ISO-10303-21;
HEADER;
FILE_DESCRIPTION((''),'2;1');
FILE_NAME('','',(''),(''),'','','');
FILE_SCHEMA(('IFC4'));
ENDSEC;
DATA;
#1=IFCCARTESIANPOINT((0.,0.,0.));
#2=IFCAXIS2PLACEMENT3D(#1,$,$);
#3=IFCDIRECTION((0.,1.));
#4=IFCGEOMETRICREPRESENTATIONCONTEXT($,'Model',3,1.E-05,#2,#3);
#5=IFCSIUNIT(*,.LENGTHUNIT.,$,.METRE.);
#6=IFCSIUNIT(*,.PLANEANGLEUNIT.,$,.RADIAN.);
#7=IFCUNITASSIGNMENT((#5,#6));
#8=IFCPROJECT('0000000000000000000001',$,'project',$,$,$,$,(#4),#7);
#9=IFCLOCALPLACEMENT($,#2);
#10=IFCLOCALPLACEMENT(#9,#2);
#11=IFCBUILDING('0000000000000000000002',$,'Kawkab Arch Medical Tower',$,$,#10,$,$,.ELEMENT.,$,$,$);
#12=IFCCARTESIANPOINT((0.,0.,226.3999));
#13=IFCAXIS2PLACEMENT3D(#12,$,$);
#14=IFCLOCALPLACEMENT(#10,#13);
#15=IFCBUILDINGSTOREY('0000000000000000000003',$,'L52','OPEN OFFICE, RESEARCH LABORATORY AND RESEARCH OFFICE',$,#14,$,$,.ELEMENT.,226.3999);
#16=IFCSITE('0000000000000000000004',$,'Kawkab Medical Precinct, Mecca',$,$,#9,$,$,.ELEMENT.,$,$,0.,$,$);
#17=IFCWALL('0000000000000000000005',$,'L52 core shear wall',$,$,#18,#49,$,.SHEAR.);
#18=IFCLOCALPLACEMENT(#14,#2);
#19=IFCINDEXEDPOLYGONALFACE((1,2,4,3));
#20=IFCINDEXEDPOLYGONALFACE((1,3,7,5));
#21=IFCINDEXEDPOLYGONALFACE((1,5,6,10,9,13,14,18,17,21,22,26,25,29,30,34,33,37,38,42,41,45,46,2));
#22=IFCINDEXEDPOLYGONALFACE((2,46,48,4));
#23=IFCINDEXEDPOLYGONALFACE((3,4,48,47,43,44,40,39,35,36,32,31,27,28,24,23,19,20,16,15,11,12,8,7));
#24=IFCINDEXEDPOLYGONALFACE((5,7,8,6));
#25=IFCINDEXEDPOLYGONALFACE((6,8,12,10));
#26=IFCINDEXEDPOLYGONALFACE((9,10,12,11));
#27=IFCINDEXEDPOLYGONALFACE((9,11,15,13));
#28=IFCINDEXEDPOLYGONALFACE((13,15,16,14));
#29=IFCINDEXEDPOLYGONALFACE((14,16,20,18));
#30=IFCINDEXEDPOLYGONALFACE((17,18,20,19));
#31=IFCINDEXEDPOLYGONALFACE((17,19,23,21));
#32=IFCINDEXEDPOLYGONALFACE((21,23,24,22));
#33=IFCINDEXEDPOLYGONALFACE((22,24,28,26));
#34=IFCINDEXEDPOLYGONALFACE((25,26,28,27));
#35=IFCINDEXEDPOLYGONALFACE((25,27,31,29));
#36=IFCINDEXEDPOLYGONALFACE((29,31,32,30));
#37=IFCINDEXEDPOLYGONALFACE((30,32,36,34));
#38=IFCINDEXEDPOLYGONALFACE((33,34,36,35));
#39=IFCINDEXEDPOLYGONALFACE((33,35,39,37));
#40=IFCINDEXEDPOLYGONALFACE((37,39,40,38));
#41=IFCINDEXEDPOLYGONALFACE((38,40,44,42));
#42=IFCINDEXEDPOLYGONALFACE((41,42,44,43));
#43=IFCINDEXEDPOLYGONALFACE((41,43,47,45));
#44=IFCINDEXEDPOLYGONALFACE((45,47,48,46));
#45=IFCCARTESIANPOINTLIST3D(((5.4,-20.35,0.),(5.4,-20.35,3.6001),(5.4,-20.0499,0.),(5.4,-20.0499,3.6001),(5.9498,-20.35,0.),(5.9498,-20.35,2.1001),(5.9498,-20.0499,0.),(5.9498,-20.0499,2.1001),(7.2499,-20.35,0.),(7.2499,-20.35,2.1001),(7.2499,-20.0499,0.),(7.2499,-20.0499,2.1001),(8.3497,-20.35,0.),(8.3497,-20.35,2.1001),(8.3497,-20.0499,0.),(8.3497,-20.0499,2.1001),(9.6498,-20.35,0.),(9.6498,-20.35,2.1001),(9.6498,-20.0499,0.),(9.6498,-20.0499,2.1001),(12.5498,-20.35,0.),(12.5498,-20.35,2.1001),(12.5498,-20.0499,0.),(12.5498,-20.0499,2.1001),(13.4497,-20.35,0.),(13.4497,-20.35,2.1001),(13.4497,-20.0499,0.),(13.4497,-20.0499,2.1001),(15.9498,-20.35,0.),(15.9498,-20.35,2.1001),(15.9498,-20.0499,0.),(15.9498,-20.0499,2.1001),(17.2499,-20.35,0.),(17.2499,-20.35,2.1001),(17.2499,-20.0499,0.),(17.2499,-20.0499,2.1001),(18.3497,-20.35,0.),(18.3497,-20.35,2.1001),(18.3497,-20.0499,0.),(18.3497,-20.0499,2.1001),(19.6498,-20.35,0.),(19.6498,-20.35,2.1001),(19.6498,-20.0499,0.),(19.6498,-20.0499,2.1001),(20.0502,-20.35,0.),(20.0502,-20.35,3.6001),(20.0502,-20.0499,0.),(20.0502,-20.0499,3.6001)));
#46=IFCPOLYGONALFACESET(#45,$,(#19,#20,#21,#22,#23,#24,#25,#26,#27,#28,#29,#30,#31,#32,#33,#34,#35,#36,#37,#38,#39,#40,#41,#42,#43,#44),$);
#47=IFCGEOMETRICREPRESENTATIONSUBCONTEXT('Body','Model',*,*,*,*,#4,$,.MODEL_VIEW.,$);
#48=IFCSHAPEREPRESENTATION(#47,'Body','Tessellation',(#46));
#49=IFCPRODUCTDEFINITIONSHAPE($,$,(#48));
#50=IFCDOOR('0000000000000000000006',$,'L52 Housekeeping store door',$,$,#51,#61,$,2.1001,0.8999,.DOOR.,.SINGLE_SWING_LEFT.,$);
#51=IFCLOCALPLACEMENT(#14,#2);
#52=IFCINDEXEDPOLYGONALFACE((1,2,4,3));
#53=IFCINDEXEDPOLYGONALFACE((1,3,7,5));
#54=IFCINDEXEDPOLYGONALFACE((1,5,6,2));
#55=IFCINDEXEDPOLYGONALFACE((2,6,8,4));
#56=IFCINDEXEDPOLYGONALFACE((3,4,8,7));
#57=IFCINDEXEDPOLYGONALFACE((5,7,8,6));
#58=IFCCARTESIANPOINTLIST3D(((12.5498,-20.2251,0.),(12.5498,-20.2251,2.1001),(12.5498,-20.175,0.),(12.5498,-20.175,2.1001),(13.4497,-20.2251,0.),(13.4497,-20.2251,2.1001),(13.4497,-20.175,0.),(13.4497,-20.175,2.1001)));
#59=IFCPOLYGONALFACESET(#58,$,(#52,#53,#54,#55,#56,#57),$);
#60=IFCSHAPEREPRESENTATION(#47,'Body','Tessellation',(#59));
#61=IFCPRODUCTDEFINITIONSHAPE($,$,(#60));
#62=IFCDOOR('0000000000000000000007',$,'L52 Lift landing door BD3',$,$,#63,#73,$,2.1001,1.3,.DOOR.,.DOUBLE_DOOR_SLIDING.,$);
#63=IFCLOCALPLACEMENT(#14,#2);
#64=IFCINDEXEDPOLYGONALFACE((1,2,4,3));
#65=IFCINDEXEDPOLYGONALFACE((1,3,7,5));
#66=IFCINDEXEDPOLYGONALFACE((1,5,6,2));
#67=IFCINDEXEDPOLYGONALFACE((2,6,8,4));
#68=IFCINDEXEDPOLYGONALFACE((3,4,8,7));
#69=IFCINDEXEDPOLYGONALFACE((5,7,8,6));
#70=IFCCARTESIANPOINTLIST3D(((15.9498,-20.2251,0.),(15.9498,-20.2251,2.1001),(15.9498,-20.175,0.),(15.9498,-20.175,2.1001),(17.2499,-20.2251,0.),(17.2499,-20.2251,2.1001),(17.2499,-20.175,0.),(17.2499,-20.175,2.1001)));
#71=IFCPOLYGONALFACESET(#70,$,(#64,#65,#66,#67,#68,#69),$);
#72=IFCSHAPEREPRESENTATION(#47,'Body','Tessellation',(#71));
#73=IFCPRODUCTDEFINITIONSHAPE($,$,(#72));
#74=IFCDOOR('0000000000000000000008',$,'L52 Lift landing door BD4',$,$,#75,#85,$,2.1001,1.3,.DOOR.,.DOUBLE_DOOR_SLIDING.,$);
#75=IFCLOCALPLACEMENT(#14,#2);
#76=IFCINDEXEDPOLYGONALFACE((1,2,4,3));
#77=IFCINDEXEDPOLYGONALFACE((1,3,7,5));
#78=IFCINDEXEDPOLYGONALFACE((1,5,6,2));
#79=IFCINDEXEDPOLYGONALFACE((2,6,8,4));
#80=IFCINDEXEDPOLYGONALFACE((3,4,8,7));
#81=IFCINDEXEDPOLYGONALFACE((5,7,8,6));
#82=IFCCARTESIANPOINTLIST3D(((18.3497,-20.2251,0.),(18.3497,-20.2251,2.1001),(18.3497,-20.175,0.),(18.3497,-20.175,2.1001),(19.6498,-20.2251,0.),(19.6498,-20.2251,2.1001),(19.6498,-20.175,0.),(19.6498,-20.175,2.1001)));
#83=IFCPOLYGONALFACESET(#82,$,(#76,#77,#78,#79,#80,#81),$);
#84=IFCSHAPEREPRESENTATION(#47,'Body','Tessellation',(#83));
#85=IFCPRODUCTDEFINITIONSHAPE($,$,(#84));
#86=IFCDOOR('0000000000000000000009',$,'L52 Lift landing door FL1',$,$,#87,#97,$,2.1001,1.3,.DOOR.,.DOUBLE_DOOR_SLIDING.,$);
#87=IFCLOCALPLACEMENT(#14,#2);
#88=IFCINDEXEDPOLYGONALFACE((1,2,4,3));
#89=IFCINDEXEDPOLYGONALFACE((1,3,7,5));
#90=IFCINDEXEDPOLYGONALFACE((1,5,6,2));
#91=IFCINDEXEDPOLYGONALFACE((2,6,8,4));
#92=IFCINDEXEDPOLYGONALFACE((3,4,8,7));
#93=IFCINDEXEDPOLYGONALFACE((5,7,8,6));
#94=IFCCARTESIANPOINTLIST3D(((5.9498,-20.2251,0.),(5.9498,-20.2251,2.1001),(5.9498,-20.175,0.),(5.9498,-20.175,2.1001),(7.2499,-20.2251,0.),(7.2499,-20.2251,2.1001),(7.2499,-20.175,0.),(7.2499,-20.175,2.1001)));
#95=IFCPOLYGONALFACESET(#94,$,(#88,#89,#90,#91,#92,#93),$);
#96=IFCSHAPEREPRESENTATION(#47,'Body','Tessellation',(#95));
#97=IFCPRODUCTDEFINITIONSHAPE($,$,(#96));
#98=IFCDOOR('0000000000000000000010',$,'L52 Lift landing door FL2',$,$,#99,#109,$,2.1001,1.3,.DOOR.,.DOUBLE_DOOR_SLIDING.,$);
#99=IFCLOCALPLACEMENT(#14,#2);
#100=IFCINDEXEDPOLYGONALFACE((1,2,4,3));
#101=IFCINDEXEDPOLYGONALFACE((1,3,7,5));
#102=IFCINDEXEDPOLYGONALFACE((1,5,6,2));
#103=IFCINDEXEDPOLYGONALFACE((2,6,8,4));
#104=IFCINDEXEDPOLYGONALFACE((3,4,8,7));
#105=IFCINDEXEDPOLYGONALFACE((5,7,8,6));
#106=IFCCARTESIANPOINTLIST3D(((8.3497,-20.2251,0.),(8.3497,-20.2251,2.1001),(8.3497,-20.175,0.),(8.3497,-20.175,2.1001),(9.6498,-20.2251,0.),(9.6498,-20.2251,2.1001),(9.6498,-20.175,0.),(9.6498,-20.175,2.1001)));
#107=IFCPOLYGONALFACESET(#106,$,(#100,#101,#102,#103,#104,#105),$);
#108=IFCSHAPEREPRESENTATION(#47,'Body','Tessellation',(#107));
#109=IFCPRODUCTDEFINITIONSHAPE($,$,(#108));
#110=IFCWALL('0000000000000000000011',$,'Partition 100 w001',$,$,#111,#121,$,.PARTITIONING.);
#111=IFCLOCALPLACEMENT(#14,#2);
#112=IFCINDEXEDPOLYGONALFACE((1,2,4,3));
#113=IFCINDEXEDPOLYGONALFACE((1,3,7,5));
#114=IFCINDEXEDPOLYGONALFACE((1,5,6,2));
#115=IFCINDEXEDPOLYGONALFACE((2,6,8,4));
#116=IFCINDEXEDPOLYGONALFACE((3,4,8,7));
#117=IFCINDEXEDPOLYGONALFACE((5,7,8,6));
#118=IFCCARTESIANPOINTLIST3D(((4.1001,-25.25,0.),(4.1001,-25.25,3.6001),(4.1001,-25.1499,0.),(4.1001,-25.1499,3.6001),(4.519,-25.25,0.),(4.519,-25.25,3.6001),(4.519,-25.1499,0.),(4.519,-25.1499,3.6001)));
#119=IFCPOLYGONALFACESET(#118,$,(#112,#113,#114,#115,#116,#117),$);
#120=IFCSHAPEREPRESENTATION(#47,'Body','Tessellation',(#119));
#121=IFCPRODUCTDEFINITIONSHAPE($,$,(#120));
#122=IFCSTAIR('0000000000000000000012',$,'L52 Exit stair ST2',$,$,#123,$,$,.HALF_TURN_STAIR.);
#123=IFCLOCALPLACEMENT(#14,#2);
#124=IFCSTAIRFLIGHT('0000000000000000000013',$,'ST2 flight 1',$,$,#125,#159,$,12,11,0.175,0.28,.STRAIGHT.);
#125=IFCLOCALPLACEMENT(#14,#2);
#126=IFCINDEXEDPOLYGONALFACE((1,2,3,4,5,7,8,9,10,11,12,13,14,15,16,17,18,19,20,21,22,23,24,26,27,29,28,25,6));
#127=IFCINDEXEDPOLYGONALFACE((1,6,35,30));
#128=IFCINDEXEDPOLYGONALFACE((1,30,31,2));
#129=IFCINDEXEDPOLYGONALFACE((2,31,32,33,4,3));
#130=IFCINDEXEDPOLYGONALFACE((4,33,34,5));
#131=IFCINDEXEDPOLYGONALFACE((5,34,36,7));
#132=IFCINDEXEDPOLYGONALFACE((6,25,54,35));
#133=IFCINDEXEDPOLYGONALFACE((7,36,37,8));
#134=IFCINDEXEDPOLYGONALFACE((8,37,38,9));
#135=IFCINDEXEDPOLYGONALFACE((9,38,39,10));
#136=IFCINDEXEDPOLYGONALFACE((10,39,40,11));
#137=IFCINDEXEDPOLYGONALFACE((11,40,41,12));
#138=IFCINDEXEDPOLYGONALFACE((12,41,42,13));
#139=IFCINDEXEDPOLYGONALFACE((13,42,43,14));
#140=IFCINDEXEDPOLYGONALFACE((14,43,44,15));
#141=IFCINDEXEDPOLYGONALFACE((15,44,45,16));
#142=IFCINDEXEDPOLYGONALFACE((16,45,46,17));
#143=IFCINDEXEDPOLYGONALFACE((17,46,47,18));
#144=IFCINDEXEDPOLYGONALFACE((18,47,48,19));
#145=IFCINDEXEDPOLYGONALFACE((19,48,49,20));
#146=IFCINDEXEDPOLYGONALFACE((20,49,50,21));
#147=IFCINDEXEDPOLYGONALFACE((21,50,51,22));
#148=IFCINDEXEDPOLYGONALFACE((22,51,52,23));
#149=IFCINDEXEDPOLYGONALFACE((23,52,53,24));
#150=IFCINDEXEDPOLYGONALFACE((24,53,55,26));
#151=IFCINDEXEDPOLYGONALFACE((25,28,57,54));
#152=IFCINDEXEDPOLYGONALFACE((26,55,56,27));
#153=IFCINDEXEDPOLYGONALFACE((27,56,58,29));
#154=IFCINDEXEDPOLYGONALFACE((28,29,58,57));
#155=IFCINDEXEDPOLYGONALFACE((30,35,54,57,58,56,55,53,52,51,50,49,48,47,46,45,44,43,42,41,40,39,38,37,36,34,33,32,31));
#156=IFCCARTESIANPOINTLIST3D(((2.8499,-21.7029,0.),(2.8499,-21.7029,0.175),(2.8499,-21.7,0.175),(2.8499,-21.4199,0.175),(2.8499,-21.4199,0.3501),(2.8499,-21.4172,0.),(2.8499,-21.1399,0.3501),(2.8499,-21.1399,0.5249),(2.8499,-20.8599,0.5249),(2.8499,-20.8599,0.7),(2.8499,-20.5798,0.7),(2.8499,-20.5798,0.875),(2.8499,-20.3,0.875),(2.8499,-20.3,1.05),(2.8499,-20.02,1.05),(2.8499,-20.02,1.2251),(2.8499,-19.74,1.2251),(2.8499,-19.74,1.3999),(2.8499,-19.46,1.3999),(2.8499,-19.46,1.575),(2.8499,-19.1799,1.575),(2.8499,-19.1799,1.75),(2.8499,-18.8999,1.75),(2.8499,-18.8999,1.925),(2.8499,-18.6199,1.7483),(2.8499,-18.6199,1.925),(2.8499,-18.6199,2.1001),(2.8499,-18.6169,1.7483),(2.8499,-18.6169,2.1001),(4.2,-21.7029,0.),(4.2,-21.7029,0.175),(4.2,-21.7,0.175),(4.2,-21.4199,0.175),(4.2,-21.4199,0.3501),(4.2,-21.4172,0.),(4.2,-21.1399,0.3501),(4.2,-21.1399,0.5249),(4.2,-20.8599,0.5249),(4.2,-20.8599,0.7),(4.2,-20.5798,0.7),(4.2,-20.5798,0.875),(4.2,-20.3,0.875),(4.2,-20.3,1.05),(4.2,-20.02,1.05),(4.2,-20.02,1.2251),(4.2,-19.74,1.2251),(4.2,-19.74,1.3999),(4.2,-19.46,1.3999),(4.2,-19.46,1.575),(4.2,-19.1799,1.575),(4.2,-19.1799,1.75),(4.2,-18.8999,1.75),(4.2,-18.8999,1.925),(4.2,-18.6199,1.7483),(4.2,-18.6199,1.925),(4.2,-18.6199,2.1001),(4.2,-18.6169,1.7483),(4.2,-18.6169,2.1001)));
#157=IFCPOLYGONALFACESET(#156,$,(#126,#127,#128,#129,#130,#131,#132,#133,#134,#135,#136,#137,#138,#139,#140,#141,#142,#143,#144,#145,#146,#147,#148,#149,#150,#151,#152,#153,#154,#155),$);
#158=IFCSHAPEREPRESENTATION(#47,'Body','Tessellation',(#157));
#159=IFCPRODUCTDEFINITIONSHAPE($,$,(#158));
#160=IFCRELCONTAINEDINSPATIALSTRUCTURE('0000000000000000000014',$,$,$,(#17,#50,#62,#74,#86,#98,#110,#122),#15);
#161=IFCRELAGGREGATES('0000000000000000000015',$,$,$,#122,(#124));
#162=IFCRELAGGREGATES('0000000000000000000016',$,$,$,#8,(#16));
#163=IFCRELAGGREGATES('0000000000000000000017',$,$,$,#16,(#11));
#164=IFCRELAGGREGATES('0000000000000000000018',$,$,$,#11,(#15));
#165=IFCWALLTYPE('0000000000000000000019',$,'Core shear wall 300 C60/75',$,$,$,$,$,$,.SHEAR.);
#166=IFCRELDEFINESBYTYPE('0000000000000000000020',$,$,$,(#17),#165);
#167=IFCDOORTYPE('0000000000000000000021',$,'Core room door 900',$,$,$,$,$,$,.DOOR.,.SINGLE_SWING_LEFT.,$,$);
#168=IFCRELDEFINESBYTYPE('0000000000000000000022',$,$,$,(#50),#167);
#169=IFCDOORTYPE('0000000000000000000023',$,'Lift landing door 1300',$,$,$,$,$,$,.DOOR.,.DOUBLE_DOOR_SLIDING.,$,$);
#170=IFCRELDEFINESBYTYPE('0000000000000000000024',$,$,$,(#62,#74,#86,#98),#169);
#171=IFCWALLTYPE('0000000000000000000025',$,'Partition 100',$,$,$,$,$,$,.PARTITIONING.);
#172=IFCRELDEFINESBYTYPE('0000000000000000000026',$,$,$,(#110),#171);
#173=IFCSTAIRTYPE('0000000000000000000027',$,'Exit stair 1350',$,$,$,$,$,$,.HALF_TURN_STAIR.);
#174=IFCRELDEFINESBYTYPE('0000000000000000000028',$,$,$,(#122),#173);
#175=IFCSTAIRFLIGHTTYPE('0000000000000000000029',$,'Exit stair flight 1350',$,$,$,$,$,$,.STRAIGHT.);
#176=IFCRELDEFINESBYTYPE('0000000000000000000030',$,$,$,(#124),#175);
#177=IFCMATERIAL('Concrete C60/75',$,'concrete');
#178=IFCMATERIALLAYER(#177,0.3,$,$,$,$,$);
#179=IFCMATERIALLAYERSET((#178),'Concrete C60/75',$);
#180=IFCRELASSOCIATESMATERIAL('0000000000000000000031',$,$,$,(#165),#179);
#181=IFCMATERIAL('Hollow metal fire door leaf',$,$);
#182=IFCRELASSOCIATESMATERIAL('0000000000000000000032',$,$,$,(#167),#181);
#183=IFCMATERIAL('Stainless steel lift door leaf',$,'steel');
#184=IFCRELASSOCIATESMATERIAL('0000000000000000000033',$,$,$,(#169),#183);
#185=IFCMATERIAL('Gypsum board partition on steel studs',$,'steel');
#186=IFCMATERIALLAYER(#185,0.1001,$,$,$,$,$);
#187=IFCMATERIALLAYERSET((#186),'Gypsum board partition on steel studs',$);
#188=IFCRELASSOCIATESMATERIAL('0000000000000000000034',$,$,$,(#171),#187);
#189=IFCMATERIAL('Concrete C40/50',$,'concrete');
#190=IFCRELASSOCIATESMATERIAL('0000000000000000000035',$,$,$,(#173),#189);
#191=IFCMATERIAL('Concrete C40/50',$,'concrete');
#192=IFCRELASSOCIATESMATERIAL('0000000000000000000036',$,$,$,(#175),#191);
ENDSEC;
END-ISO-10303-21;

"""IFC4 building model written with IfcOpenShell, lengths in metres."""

from ifc_helpers import new_model, si_unit, direction, frame, frame_2d, origin, place, context, subcontext, project, spatial, polyline, rectangle, outline, extrude, material, layer, layer_set, type_object, element, fill, aggregate, save


model = new_model("IFC4")

# Units and contexts
model_context = context("Model", 3, precision=1e-05, world=origin(), true_north=direction((0.0, 1.0)))
body_context = subcontext(model_context, "Body", "Model", "MODEL_VIEW")
ifc_project = project(units=[si_unit("LENGTHUNIT", "METRE"), si_unit("PLANEANGLEUNIT", "RADIAN")], contexts=[model_context])

# Site, building, storey
site_placement = place(None, origin())
site = spatial("IfcSite", under=ifc_project, at=site_placement, Name="Kawkab Medical Precinct, Mecca", CompositionType="ELEMENT", RefElevation=0.0)
building_placement = place(site_placement, origin())
building = spatial("IfcBuilding", under=site, at=building_placement, Name="Kawkab Arch Medical Tower", CompositionType="ELEMENT")
storey_placement = place(building_placement, frame((0.0, 0.0, 226.3999)))
storey = spatial("IfcBuildingStorey", under=building, at=storey_placement, Name="L52", Description="OPEN OFFICE, RESEARCH LABORATORY AND RESEARCH OFFICE", CompositionType="ELEMENT", Elevation=226.3999)

# Wall, openings, doors
ifc_material_1 = material(Name="Concrete C60/75", Category="concrete")
ifc_layer_1 = layer(ifc_material_1, 0.3)
ifc_layer_set_1 = layer_set([ifc_layer_1], Name="Concrete C60/75")
wall_type_1 = type_object("IfcWallType", Name="Core shear wall 300 C60/75", PredefinedType="SHEAR", material=ifc_layer_set_1)
wall_1_placement = place(storey_placement, frame((5.3999, -20.2, 0.0), z_axis=(0.0, 0.0, 1.0), x_axis=(1.0, 0.0, 0.0)))
wall_1 = element("IfcWall", 1, at=wall_1_placement, inside=storey, type_object=wall_type_1, Name="L52 core shear wall", PredefinedType="SHEAR", context=body_context, shape_type="SweptSolid", body=[
    extrude(rectangle(XDim=14.6501, YDim=0.3, at=frame_2d((7.3252, 0.0))), origin(), (0.0, 0.0, 1.0), 3.6001),
])
opening_1_placement = place(wall_1_placement, frame((10.55, 0.0, 0.0)))
opening_1 = element("IfcOpeningElement", 2, at=opening_1_placement, cuts=wall_1, PredefinedType="OPENING", context=body_context, shape_type="SweptSolid", body=[
    extrude(rectangle(XDim=1.3, YDim=2.1001, at=frame_2d((0.6499, 1.05))), frame((0.0, 0.1599, 0.0), z_axis=(0.0, -1.0, 0.0), x_axis=(1.0, 0.0, 0.0)), (0.0, 0.0, 1.0), 0.3201),
])
opening_2_placement = place(wall_1_placement, frame((12.95, 0.0, 0.0)))
opening_2 = element("IfcOpeningElement", 3, at=opening_2_placement, cuts=wall_1, PredefinedType="OPENING", context=body_context, shape_type="SweptSolid", body=[
    extrude(rectangle(XDim=1.3, YDim=2.1001, at=frame_2d((0.6499, 1.05))), frame((0.0, 0.1599, 0.0), z_axis=(0.0, -1.0, 0.0), x_axis=(1.0, 0.0, 0.0)), (0.0, 0.0, 1.0), 0.3201),
])
opening_3_placement = place(wall_1_placement, frame((0.55, 0.0, 0.0)))
opening_3 = element("IfcOpeningElement", 4, at=opening_3_placement, cuts=wall_1, PredefinedType="OPENING", context=body_context, shape_type="SweptSolid", body=[
    extrude(rectangle(XDim=1.3, YDim=2.1001, at=frame_2d((0.6499, 1.05))), frame((0.0, 0.1599, 0.0), z_axis=(0.0, -1.0, 0.0), x_axis=(1.0, 0.0, 0.0)), (0.0, 0.0, 1.0), 0.3201),
])
opening_4_placement = place(wall_1_placement, frame((2.95, 0.0, 0.0)))
opening_4 = element("IfcOpeningElement", 5, at=opening_4_placement, cuts=wall_1, PredefinedType="OPENING", context=body_context, shape_type="SweptSolid", body=[
    extrude(rectangle(XDim=1.3, YDim=2.1001, at=frame_2d((0.6499, 1.05))), frame((0.0, 0.1599, 0.0), z_axis=(0.0, -1.0, 0.0), x_axis=(1.0, 0.0, 0.0)), (0.0, 0.0, 1.0), 0.3201),
])
opening_5_placement = place(wall_1_placement, frame((7.1499, 0.0, 0.0)))
opening_5 = element("IfcOpeningElement", 6, at=opening_5_placement, cuts=wall_1, PredefinedType="OPENING", context=body_context, shape_type="SweptSolid", body=[
    extrude(rectangle(XDim=0.8999, YDim=2.1001, at=frame_2d((0.45, 1.05))), frame((0.0, 0.1599, 0.0), z_axis=(0.0, -1.0, 0.0), x_axis=(1.0, 0.0, 0.0)), (0.0, 0.0, 1.0), 0.3201),
])
ifc_material_2 = material(Name="Hollow metal fire door leaf")
door_type_1 = type_object("IfcDoorType", Name="Core room door 900", OperationType="SINGLE_SWING_LEFT", PredefinedType="DOOR", material=ifc_material_2)
door_1_placement = place(opening_5_placement, origin())
door_1 = element("IfcDoor", 7, at=door_1_placement, inside=storey, type_object=door_type_1, Name="L52 Housekeeping store door", OperationType="SINGLE_SWING_LEFT", OverallHeight=2.1001, OverallWidth=0.8999, PredefinedType="DOOR", context=body_context, shape_type="SweptSolid", body=[
    extrude(rectangle(XDim=0.8999, YDim=2.1001, at=frame_2d((0.45, 1.05))), frame((0.0, 0.0249, 0.0), z_axis=(0.0, -1.0, 0.0), x_axis=(1.0, 0.0, 0.0)), (0.0, 0.0, 1.0), 0.05),
])
fill(opening_5, door_1)
ifc_material_3 = material(Name="Stainless steel lift door leaf", Category="steel")
door_type_2 = type_object("IfcDoorType", Name="Lift landing door 1300", OperationType="DOUBLE_DOOR_SLIDING", PredefinedType="DOOR", material=ifc_material_3)
door_2_placement = place(opening_1_placement, origin())
door_2 = element("IfcDoor", 8, at=door_2_placement, inside=storey, type_object=door_type_2, Name="L52 Lift landing door BD3", OperationType="DOUBLE_DOOR_SLIDING", OverallHeight=2.1001, OverallWidth=1.3, PredefinedType="DOOR", context=body_context, shape_type="SweptSolid", body=[
    extrude(rectangle(XDim=1.3, YDim=2.1001, at=frame_2d((0.6499, 1.05))), frame((0.0, 0.0249, 0.0), z_axis=(0.0, -1.0, 0.0), x_axis=(1.0, 0.0, 0.0)), (0.0, 0.0, 1.0), 0.05),
])
fill(opening_1, door_2)
door_3_placement = place(opening_2_placement, origin())
door_3 = element("IfcDoor", 9, at=door_3_placement, inside=storey, type_object=door_type_2, Name="L52 Lift landing door BD4", OperationType="DOUBLE_DOOR_SLIDING", OverallHeight=2.1001, OverallWidth=1.3, PredefinedType="DOOR", context=body_context, shape_type="SweptSolid", body=[
    extrude(rectangle(XDim=1.3, YDim=2.1001, at=frame_2d((0.6499, 1.05))), frame((0.0, 0.0249, 0.0), z_axis=(0.0, -1.0, 0.0), x_axis=(1.0, 0.0, 0.0)), (0.0, 0.0, 1.0), 0.05),
])
fill(opening_2, door_3)
door_4_placement = place(opening_3_placement, origin())
door_4 = element("IfcDoor", 10, at=door_4_placement, inside=storey, type_object=door_type_2, Name="L52 Lift landing door FL1", OperationType="DOUBLE_DOOR_SLIDING", OverallHeight=2.1001, OverallWidth=1.3, PredefinedType="DOOR", context=body_context, shape_type="SweptSolid", body=[
    extrude(rectangle(XDim=1.3, YDim=2.1001, at=frame_2d((0.6499, 1.05))), frame((0.0, 0.0249, 0.0), z_axis=(0.0, -1.0, 0.0), x_axis=(1.0, 0.0, 0.0)), (0.0, 0.0, 1.0), 0.05),
])
fill(opening_3, door_4)
door_5_placement = place(opening_4_placement, origin())
door_5 = element("IfcDoor", 11, at=door_5_placement, inside=storey, type_object=door_type_2, Name="L52 Lift landing door FL2", OperationType="DOUBLE_DOOR_SLIDING", OverallHeight=2.1001, OverallWidth=1.3, PredefinedType="DOOR", context=body_context, shape_type="SweptSolid", body=[
    extrude(rectangle(XDim=1.3, YDim=2.1001, at=frame_2d((0.6499, 1.05))), frame((0.0, 0.0249, 0.0), z_axis=(0.0, -1.0, 0.0), x_axis=(1.0, 0.0, 0.0)), (0.0, 0.0, 1.0), 0.05),
])
fill(opening_4, door_5)

# Wall
ifc_material_4 = material(Name="Gypsum board partition on steel studs", Category="steel")
ifc_layer_2 = layer(ifc_material_4, 0.1001)
ifc_layer_set_2 = layer_set([ifc_layer_2], Name="Gypsum board partition on steel studs")
wall_type_2 = type_object("IfcWallType", Name="Partition 100", PredefinedType="PARTITIONING", material=ifc_layer_set_2)
wall_2_placement = place(storey_placement, frame((4.1001, -25.2, 0.0), z_axis=(0.0, 0.0, 1.0), x_axis=(1.0, 0.0, 0.0)))
element("IfcWall", 12, at=wall_2_placement, inside=storey, type_object=wall_type_2, Name="Partition 100 w001", PredefinedType="PARTITIONING", context=body_context, shape_type="SweptSolid", body=[
    extrude(rectangle(XDim=0.4189, YDim=0.1001, at=frame_2d((0.2095, 0.0))), origin(), (0.0, 0.0, 1.0), 3.6001),
])

# Stair, stair flight
ifc_material_5 = material(Name="Concrete C40/50", Category="concrete")
stair_type = type_object("IfcStairType", Name="Exit stair 1350", PredefinedType="HALF_TURN_STAIR", material=ifc_material_5)
placement = place(storey_placement, origin())
stair_1 = element("IfcStair", 13, at=placement, inside=storey, type_object=stair_type, Name="L52 Exit stair ST2", PredefinedType="HALF_TURN_STAIR")
ifc_material_6 = material(Name="Concrete C40/50", Category="concrete")
stair_flight_type = type_object("IfcStairFlightType", Name="Exit stair flight 1350", PredefinedType="STRAIGHT", material=ifc_material_6)
stair_flight_1_placement = place(storey_placement, frame((3.5249, -21.7, 0.0), z_axis=(0.0, 0.0, 1.0), x_axis=(0.0, 1.0, 0.0)))
stair_flight_1 = element("IfcStairFlight", 14, at=stair_flight_1_placement, type_object=stair_flight_type, Name="ST2 flight 1", NumberOfRisers=12, NumberOfTreads=11, PredefinedType="STRAIGHT", RiserHeight=0.175, TreadLength=0.28, context=body_context, shape_type="SweptSolid", body=[
    extrude(outline(polyline([(-0.0029, 0.0), (-0.0029, 0.175), (0.0, 0.175), (0.28, 0.175), (0.28, 0.3501), (0.5601, 0.3501), (0.5601, 0.5249), (0.8401, 0.5249), (0.8401, 0.7), (1.1201, 0.7), (1.1201, 0.875), (1.3999, 0.875), (1.3999, 1.05), (1.6799, 1.05), (1.6799, 1.2251), (1.96, 1.2251), (1.96, 1.3999), (2.24, 1.3999), (2.24, 1.575), (2.52, 1.575), (2.52, 1.75), (2.8, 1.75), (2.8, 1.925), (3.0801, 1.925), (3.0801, 2.1001), (3.083, 2.1001), (3.083, 1.7483), (3.0801, 1.7483), (0.2827, 0.0), (-0.0029, 0.0)])), frame((0.0, 0.675, 0.0), z_axis=(0.0, -1.0, 0.0), x_axis=(1.0, 0.0, 0.0)), (0.0, 0.0, 1.0), 1.3501),
])
aggregate(stair_1, [stair_flight_1])

save(model, "model.ifc")
